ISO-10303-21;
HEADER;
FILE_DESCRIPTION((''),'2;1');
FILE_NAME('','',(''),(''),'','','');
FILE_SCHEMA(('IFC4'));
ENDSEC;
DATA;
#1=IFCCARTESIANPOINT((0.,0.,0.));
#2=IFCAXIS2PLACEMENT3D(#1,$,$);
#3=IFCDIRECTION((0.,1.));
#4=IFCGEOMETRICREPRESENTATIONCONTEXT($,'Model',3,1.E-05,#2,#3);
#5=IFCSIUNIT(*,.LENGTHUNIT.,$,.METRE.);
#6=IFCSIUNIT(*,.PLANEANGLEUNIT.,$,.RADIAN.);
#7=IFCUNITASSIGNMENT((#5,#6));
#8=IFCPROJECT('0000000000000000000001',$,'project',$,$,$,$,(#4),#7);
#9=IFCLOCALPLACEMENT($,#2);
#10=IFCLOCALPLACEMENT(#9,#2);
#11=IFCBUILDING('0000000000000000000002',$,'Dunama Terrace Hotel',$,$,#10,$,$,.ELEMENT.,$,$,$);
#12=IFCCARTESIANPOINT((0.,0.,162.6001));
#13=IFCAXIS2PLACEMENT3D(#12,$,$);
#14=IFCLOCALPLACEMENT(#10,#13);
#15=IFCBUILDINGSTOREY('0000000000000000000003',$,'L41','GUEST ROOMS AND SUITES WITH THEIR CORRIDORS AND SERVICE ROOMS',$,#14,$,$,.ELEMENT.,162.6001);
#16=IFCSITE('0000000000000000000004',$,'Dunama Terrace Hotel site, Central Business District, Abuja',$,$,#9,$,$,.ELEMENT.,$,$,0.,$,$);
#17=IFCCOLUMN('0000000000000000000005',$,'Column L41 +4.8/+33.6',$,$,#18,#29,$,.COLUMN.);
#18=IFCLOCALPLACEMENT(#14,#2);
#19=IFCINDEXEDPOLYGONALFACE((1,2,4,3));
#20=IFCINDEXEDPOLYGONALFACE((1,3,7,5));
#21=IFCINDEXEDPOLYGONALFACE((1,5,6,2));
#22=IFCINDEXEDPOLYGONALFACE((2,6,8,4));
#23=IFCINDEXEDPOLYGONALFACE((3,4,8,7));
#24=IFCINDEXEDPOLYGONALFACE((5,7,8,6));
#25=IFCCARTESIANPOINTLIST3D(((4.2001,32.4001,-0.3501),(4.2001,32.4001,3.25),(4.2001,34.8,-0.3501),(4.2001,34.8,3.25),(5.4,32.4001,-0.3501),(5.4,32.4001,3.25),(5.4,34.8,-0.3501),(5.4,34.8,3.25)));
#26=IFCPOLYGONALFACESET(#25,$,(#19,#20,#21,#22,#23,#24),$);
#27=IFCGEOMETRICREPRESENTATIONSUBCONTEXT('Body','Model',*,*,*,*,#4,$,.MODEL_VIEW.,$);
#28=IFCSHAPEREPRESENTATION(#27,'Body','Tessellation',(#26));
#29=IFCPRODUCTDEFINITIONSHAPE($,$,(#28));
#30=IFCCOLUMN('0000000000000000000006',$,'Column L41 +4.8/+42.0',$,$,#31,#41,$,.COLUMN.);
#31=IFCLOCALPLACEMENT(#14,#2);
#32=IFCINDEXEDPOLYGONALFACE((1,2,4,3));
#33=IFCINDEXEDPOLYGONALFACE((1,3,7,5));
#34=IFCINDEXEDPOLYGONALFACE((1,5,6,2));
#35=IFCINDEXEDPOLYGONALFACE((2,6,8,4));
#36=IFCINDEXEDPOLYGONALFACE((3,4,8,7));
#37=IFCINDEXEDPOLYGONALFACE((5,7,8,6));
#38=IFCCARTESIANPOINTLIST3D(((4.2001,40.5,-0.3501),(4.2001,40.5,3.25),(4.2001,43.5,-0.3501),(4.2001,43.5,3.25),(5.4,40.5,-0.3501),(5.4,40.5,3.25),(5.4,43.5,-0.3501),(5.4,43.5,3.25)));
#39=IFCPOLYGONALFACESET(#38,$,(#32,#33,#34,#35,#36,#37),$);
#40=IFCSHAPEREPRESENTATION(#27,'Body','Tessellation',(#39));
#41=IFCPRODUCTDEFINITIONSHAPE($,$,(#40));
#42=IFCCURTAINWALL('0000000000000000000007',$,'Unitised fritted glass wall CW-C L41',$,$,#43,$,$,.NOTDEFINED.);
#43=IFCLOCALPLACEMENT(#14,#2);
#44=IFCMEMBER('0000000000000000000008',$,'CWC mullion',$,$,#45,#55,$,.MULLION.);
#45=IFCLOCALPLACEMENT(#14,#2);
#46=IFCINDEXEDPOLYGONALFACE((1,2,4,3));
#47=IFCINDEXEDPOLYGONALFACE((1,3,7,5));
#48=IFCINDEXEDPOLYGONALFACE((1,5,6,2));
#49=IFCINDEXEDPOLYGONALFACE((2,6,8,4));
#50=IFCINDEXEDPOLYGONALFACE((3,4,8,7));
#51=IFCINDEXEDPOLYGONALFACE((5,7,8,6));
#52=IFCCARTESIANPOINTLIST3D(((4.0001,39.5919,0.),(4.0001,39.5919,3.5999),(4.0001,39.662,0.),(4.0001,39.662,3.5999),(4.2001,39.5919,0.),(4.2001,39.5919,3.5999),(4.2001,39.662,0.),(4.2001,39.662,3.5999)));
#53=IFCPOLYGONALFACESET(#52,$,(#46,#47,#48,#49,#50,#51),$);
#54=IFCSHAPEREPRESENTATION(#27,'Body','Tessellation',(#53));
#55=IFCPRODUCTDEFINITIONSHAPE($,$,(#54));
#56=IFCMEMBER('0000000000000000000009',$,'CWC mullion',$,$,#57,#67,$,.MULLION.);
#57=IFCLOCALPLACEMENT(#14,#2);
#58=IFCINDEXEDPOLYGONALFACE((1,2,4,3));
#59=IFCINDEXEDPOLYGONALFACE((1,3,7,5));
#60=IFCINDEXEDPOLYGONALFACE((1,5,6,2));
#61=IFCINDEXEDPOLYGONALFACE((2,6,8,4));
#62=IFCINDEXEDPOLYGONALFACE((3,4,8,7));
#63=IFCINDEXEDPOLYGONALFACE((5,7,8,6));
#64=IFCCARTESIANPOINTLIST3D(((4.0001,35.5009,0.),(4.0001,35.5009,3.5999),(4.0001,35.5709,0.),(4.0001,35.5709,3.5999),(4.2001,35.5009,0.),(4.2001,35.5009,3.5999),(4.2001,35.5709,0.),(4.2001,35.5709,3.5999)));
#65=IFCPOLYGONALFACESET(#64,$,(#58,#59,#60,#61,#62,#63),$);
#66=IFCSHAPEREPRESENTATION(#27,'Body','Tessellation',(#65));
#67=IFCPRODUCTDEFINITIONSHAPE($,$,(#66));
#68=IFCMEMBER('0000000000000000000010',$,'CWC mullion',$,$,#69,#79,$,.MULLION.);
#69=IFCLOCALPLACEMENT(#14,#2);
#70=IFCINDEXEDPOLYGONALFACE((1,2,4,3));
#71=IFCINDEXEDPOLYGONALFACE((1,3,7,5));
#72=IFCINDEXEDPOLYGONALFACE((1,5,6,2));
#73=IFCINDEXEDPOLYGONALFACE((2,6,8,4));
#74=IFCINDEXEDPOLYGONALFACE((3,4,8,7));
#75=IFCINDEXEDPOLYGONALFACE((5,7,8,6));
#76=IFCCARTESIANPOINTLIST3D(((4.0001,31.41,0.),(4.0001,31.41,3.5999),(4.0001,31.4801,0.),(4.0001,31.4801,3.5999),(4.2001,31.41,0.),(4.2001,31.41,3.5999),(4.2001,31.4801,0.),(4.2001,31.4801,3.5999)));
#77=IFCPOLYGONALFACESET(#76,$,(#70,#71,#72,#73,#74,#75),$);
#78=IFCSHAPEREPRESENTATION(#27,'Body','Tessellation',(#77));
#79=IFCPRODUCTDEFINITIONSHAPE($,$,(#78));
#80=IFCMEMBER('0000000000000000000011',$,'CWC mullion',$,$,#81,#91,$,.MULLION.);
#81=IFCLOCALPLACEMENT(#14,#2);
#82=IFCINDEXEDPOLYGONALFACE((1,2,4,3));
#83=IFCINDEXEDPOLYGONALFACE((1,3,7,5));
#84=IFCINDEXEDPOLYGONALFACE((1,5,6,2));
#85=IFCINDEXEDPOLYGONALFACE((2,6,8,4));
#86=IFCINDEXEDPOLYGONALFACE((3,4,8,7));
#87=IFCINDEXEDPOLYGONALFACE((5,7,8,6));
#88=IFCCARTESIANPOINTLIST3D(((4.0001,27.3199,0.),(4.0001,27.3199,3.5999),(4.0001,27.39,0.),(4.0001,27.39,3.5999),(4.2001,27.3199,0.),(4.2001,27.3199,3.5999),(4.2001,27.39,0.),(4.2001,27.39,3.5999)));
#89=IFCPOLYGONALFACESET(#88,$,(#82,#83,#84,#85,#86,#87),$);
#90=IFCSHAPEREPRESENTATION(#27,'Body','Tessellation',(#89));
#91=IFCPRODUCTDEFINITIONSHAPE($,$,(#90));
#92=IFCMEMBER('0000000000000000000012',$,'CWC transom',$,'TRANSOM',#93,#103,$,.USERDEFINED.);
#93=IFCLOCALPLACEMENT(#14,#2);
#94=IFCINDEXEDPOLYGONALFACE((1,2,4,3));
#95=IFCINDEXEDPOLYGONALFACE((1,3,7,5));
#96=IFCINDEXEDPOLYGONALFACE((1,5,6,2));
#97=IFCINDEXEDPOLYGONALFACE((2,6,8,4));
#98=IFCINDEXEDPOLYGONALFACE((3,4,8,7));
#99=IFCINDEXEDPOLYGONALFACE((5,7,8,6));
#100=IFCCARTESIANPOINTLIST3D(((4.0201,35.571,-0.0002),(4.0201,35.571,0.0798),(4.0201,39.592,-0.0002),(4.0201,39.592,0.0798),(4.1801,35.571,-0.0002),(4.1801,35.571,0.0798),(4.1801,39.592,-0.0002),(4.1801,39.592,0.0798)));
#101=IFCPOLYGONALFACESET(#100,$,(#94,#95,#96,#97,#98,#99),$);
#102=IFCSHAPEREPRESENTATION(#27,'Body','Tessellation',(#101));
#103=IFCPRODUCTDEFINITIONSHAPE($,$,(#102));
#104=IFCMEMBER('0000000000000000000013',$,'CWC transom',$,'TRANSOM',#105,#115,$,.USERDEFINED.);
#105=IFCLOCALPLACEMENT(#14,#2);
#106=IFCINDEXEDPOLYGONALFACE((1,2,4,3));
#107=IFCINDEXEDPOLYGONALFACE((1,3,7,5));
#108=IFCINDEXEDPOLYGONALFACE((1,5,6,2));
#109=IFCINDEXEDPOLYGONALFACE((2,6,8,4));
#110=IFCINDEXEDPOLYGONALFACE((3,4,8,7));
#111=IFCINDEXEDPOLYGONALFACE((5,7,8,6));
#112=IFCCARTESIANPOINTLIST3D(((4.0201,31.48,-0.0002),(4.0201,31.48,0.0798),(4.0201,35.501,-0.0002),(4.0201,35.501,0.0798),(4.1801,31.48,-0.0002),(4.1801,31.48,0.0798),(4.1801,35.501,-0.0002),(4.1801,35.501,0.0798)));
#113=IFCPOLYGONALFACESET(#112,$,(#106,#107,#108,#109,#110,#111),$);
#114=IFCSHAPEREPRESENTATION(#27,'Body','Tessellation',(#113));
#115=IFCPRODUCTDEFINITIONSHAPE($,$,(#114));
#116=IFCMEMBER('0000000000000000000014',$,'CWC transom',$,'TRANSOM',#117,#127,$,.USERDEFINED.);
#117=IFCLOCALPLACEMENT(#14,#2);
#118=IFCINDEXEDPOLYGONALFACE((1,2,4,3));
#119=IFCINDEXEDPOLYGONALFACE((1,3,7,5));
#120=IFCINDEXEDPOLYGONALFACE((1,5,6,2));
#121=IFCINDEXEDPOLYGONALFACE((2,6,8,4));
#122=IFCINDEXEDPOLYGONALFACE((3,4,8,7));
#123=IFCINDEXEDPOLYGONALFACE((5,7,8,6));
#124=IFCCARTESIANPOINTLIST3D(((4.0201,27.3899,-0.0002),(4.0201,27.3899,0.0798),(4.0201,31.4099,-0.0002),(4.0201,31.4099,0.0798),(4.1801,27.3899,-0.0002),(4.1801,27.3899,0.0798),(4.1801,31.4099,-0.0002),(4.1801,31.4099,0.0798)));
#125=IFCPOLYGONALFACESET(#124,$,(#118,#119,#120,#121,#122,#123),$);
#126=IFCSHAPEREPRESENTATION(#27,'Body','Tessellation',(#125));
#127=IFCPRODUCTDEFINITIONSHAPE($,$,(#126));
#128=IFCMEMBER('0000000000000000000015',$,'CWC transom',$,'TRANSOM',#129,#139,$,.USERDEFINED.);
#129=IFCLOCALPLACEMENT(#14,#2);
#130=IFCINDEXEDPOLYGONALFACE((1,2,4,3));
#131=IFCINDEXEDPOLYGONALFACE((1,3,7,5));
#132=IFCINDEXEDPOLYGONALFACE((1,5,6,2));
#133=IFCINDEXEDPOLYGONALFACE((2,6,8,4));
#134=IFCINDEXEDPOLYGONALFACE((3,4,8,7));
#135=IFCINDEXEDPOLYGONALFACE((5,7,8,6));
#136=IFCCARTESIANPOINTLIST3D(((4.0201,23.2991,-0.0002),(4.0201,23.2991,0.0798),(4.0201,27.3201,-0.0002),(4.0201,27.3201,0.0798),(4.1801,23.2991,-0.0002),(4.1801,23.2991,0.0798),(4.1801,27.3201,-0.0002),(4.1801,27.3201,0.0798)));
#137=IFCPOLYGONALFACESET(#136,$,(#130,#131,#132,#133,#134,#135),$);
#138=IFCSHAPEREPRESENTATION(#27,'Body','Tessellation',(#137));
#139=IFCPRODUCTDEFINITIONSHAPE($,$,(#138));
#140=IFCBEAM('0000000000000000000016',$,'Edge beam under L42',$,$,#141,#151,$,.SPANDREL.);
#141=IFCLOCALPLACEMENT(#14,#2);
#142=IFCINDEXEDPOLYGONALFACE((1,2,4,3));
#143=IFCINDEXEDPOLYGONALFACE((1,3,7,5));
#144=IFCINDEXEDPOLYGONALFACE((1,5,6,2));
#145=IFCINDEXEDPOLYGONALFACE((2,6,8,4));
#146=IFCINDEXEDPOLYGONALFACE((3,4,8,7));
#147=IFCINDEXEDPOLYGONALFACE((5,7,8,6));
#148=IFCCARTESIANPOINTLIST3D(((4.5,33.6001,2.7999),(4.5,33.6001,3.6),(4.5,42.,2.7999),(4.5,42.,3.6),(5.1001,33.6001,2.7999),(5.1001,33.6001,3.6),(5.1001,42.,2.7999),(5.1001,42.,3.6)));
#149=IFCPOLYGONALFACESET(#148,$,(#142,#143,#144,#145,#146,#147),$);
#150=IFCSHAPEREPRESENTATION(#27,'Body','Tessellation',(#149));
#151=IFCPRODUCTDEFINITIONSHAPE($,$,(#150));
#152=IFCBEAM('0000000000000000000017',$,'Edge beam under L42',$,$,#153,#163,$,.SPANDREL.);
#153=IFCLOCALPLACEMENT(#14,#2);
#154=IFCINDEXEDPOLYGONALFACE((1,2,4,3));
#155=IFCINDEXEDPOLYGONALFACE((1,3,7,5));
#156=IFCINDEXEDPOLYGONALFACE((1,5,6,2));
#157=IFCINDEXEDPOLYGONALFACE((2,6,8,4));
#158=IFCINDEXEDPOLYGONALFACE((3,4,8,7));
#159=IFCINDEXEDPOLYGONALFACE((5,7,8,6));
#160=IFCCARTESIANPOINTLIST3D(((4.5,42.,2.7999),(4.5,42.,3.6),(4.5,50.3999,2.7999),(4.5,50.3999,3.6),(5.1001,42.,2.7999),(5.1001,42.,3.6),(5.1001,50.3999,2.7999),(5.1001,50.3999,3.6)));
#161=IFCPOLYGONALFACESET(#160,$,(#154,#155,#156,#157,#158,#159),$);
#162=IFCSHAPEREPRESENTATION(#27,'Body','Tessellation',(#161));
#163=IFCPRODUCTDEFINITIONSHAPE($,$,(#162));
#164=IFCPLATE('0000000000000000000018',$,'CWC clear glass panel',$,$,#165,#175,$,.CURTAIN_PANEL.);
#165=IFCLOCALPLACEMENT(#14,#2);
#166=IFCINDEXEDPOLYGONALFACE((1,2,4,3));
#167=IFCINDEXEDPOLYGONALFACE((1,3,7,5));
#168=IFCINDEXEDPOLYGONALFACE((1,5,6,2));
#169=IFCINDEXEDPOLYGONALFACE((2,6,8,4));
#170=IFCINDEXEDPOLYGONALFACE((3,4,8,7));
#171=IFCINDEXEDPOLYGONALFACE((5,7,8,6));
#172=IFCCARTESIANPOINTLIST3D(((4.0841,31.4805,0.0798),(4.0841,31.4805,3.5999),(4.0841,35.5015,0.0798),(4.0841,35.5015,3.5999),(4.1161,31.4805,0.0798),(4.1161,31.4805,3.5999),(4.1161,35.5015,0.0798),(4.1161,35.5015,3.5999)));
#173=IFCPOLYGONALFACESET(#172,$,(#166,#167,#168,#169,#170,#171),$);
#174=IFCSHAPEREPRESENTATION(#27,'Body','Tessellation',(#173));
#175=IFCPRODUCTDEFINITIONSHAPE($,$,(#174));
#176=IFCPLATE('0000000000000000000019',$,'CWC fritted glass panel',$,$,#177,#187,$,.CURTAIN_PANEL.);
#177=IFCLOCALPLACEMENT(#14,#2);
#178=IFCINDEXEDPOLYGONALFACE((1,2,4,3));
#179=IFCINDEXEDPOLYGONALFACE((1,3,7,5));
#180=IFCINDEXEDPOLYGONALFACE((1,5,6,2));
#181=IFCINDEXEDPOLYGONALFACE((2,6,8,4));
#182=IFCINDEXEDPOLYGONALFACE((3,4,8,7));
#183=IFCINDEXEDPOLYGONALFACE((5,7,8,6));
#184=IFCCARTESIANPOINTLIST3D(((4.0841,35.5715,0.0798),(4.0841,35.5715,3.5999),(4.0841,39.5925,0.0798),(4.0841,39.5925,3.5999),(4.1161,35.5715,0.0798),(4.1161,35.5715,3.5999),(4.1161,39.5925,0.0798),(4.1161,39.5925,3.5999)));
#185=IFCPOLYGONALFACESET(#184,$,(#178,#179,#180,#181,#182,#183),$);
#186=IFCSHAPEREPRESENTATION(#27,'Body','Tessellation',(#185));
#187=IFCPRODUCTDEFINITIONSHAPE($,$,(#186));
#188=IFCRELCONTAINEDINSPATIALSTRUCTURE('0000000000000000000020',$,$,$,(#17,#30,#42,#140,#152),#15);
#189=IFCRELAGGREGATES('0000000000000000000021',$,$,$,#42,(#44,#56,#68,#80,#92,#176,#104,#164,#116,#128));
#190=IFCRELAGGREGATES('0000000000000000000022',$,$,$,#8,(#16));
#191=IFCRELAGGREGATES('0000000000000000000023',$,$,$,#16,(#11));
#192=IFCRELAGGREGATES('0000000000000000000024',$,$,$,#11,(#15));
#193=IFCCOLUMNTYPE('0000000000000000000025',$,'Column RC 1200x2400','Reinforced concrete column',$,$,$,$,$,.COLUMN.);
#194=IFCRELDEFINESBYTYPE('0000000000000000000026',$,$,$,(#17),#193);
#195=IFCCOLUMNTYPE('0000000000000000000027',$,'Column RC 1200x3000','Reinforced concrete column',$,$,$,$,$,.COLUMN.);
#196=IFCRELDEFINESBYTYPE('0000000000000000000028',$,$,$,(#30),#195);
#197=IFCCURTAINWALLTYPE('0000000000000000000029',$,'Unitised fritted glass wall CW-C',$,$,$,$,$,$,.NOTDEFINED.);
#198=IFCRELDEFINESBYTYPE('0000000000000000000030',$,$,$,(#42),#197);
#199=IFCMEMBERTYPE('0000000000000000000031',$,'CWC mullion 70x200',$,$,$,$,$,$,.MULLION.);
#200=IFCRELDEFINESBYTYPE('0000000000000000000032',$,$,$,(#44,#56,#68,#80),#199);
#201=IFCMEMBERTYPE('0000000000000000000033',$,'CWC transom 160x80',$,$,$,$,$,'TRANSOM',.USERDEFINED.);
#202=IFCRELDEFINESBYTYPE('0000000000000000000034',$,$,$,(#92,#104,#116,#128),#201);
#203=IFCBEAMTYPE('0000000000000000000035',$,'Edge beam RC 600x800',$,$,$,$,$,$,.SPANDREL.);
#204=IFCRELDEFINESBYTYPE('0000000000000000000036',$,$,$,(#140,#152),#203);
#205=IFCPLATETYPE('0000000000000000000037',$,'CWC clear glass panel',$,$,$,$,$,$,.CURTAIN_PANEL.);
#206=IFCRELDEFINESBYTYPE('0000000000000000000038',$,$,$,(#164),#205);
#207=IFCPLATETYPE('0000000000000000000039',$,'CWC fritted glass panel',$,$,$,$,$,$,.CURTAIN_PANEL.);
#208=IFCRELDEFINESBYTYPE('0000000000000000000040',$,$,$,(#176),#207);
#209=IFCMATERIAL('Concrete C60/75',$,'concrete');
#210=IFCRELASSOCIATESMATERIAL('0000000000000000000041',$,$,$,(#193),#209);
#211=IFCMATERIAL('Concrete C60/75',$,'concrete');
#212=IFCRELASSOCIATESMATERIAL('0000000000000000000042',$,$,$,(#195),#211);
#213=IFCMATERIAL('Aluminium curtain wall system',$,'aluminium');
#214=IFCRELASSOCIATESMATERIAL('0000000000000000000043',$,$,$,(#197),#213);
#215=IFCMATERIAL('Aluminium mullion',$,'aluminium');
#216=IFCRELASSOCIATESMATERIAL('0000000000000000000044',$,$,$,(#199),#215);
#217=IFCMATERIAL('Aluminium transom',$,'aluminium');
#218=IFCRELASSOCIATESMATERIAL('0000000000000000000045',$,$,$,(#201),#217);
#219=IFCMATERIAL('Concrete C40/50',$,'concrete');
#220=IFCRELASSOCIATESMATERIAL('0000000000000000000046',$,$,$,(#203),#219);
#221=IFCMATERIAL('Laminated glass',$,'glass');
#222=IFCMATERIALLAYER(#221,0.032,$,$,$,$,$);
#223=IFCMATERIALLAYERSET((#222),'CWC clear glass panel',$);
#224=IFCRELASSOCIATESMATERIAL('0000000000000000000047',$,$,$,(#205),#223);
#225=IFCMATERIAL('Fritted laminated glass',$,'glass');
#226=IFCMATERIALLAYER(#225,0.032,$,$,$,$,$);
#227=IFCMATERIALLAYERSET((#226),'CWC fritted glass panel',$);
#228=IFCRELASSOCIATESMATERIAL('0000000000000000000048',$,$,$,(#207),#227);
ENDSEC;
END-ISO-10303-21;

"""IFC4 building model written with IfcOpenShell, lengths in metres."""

from ifc_helpers import new_model, si_unit, direction, frame, origin, origin_2d, place, context, subcontext, project, spatial, rectangle, extrude, material, layer, layer_set, material_profile, profile_set, type_object, element, aggregate, save


model = new_model("IFC4")

# Units and contexts
model_context = context("Model", 3, precision=1e-05, world=origin(), true_north=direction((0.0, 1.0)))
body_context = subcontext(model_context, "Body", "Model", "MODEL_VIEW")
ifc_project = project(units=[si_unit("LENGTHUNIT", "METRE"), si_unit("PLANEANGLEUNIT", "RADIAN")], contexts=[model_context])

# Site, building, storey
site_placement = place(None, origin())
site = spatial("IfcSite", under=ifc_project, at=site_placement, Name="Dunama Terrace Hotel site, Central Business District, Abuja", CompositionType="ELEMENT", RefElevation=0.0)
building_placement = place(site_placement, origin())
building = spatial("IfcBuilding", under=site, at=building_placement, Name="Dunama Terrace Hotel", CompositionType="ELEMENT")
storey_placement = place(building_placement, frame((0.0, 0.0, 162.6001)))
storey = spatial("IfcBuildingStorey", under=building, at=storey_placement, Name="L41", Description="GUEST ROOMS AND SUITES WITH THEIR CORRIDORS AND SERVICE ROOMS", CompositionType="ELEMENT", Elevation=162.6001)

# Columns
ifc_material_1 = material(Name="Concrete C60/75", Category="concrete")
ifc_material_profile_1 = material_profile(ifc_material_1, rectangle(XDim=1.2, YDim=2.3999, at=origin_2d()), Name="RC 1200x2400")
ifc_profile_set_1 = profile_set([ifc_material_profile_1], Name="Concrete C60/75")
column_type_1 = type_object("IfcColumnType", Name="Column RC 1200x2400", Description="Reinforced concrete column", PredefinedType="COLUMN", material=ifc_profile_set_1)
column_1_placement = place(storey_placement, frame((4.8, 33.6001, -0.3501), z_axis=(0.0, 0.0, 1.0), x_axis=(1.0, 0.0, 0.0)))
element("IfcColumn", 1, at=column_1_placement, inside=storey, type_object=column_type_1, Name="Column L41 +4.8/+33.6", PredefinedType="COLUMN", context=body_context, shape_type="SweptSolid", body=[
    extrude(rectangle(XDim=1.2, YDim=2.3999, at=origin_2d()), origin(), (0.0, 0.0, 1.0), 3.6001),
])
ifc_material_2 = material(Name="Concrete C60/75", Category="concrete")
ifc_material_profile_2 = material_profile(ifc_material_2, rectangle(XDim=1.2, YDim=3.0, at=origin_2d()), Name="RC 1200x3000")
ifc_profile_set_2 = profile_set([ifc_material_profile_2], Name="Concrete C60/75")
column_type_2 = type_object("IfcColumnType", Name="Column RC 1200x3000", Description="Reinforced concrete column", PredefinedType="COLUMN", material=ifc_profile_set_2)
column_2_placement = place(storey_placement, frame((4.8, 42.0, -0.3501), z_axis=(0.0, 0.0, 1.0), x_axis=(1.0, 0.0, 0.0)))
element("IfcColumn", 2, at=column_2_placement, inside=storey, type_object=column_type_2, Name="Column L41 +4.8/+42.0", PredefinedType="COLUMN", context=body_context, shape_type="SweptSolid", body=[
    extrude(rectangle(XDim=1.2, YDim=3.0, at=origin_2d()), origin(), (0.0, 0.0, 1.0), 3.6001),
])

# Curtain wall, members
ifc_material_3 = material(Name="Aluminium curtain wall system", Category="aluminium")
curtain_wall_type = type_object("IfcCurtainWallType", Name="Unitised fritted glass wall CW-C", PredefinedType="NOTDEFINED", material=ifc_material_3)
curtain_wall_placement = place(storey_placement, origin())
curtain_wall = element("IfcCurtainWall", 3, at=curtain_wall_placement, inside=storey, type_object=curtain_wall_type, Name="Unitised fritted glass wall CW-C L41", PredefinedType="NOTDEFINED")
ifc_material_4 = material(Name="Aluminium mullion", Category="aluminium")
ifc_material_profile_3 = material_profile(ifc_material_4, rectangle(XDim=0.0701, YDim=0.2, at=origin_2d()), Name="CWC MULLION 70X200")
ifc_profile_set_3 = profile_set([ifc_material_profile_3], Name="Aluminium mullion")
member_type_1 = type_object("IfcMemberType", Name="CWC mullion 70x200", PredefinedType="MULLION", material=ifc_profile_set_3)
member_1_placement = place(storey_placement, frame((4.1001, 39.627, 0.0), z_axis=(0.0, 0.0, 1.0), x_axis=(0.0, -1.0, 0.0)))
member_1 = element("IfcMember", 4, at=member_1_placement, type_object=member_type_1, Name="CWC mullion", PredefinedType="MULLION", context=body_context, shape_type="SweptSolid", body=[
    extrude(rectangle(XDim=0.0701, YDim=0.2, at=origin_2d()), origin(), (0.0, 0.0, 1.0), 3.5999),
])
member_2_placement = place(storey_placement, frame((4.1001, 35.5359, 0.0), z_axis=(0.0, 0.0, 1.0), x_axis=(0.0, -1.0, 0.0)))
member_2 = element("IfcMember", 5, at=member_2_placement, type_object=member_type_1, Name="CWC mullion", PredefinedType="MULLION", context=body_context, shape_type="SweptSolid", body=[
    extrude(rectangle(XDim=0.0701, YDim=0.2, at=origin_2d()), origin(), (0.0, 0.0, 1.0), 3.5999),
])
member_3_placement = place(storey_placement, frame((4.1001, 31.4451, 0.0), z_axis=(0.0, 0.0, 1.0), x_axis=(0.0, -1.0, 0.0)))
member_3 = element("IfcMember", 6, at=member_3_placement, type_object=member_type_1, Name="CWC mullion", PredefinedType="MULLION", context=body_context, shape_type="SweptSolid", body=[
    extrude(rectangle(XDim=0.0701, YDim=0.2, at=origin_2d()), origin(), (0.0, 0.0, 1.0), 3.5999),
])
member_4_placement = place(storey_placement, frame((4.1001, 27.355, 0.0), z_axis=(0.0, 0.0, 1.0), x_axis=(0.0, -1.0, 0.0)))
member_4 = element("IfcMember", 7, at=member_4_placement, type_object=member_type_1, Name="CWC mullion", PredefinedType="MULLION", context=body_context, shape_type="SweptSolid", body=[
    extrude(rectangle(XDim=0.0701, YDim=0.2, at=origin_2d()), origin(), (0.0, 0.0, 1.0), 3.5999),
])
ifc_material_5 = material(Name="Aluminium transom", Category="aluminium")
ifc_material_profile_4 = material_profile(ifc_material_5, rectangle(XDim=0.1599, YDim=0.0801, at=origin_2d()), Name="CWC TRANSOM 160X80")
ifc_profile_set_4 = profile_set([ifc_material_profile_4], Name="Aluminium transom")
member_type_2 = type_object("IfcMemberType", Name="CWC transom 160x80", ElementType="TRANSOM", PredefinedType="USERDEFINED", material=ifc_profile_set_4)
member_5_placement = place(storey_placement, frame((4.1001, 39.592, 0.0398), z_axis=(0.0, -1.0, 0.0), x_axis=(1.0, 0.0, 0.0)))
member_5 = element("IfcMember", 8, at=member_5_placement, type_object=member_type_2, Name="CWC transom", ObjectType="TRANSOM", PredefinedType="USERDEFINED", context=body_context, shape_type="SweptSolid", body=[
    extrude(rectangle(XDim=0.1599, YDim=0.0801, at=origin_2d()), origin(), (0.0, 0.0, 1.0), 4.021),
])
member_6_placement = place(storey_placement, frame((4.1001, 35.501, 0.0398), z_axis=(0.0, -1.0, 0.0), x_axis=(1.0, 0.0, 0.0)))
member_6 = element("IfcMember", 9, at=member_6_placement, type_object=member_type_2, Name="CWC transom", ObjectType="TRANSOM", PredefinedType="USERDEFINED", context=body_context, shape_type="SweptSolid", body=[
    extrude(rectangle(XDim=0.1599, YDim=0.0801, at=origin_2d()), origin(), (0.0, 0.0, 1.0), 4.021),
])
member_7_placement = place(storey_placement, frame((4.1001, 31.4099, 0.0398), z_axis=(0.0, -1.0, 0.0), x_axis=(1.0, 0.0, 0.0)))
member_7 = element("IfcMember", 10, at=member_7_placement, type_object=member_type_2, Name="CWC transom", ObjectType="TRANSOM", PredefinedType="USERDEFINED", context=body_context, shape_type="SweptSolid", body=[
    extrude(rectangle(XDim=0.1599, YDim=0.0801, at=origin_2d()), origin(), (0.0, 0.0, 1.0), 4.02),
])
member_8_placement = place(storey_placement, frame((4.1001, 27.3201, 0.0398), z_axis=(0.0, -1.0, 0.0), x_axis=(1.0, 0.0, 0.0)))
member_8 = element("IfcMember", 11, at=member_8_placement, type_object=member_type_2, Name="CWC transom", ObjectType="TRANSOM", PredefinedType="USERDEFINED", context=body_context, shape_type="SweptSolid", body=[
    extrude(rectangle(XDim=0.1599, YDim=0.0801, at=origin_2d()), origin(), (0.0, 0.0, 1.0), 4.021),
])

# Beams
ifc_material_6 = material(Name="Concrete C40/50", Category="concrete")
ifc_material_profile_5 = material_profile(ifc_material_6, rectangle(XDim=0.6001, YDim=0.8, at=origin_2d()), Name="RC 600x800")
ifc_profile_set_5 = profile_set([ifc_material_profile_5], Name="Concrete C40/50")
beam_type = type_object("IfcBeamType", Name="Edge beam RC 600x800", PredefinedType="SPANDREL", material=ifc_profile_set_5)
for number, where, z_axis, x_axis, name in (
    (12, (4.8, 33.6001, 3.2), (0.0, 1.0, 0.0), (-1.0, 0.0, 0.0), "Edge beam under L42"),
    (13, (4.8, 42.0, 3.2), (0.0, 1.0, 0.0), (-1.0, 0.0, 0.0), "Edge beam under L42"),
):
    element("IfcBeam", number, at=place(storey_placement, frame(where, z_axis=z_axis, x_axis=x_axis)), inside=storey, type_object=beam_type, Name=name, PredefinedType="SPANDREL", context=body_context, shape_type="SweptSolid", body=[
        extrude(rectangle(XDim=0.6001, YDim=0.8, at=origin_2d()), origin(), (0.0, 0.0, 1.0), 8.3999),
    ])

# Plates
ifc_material_7 = material(Name="Laminated glass", Category="glass")
ifc_layer_1 = layer(ifc_material_7, 0.032)
ifc_layer_set_1 = layer_set([ifc_layer_1], Name="CWC clear glass panel")
plate_type_1 = type_object("IfcPlateType", Name="CWC clear glass panel", PredefinedType="CURTAIN_PANEL", material=ifc_layer_set_1)
plate_1_placement = place(storey_placement, frame((4.1001, 33.491, 0.0798), z_axis=(0.0, 0.0, 1.0), x_axis=(0.0, -1.0, 0.0)))
plate_1 = element("IfcPlate", 14, at=plate_1_placement, type_object=plate_type_1, Name="CWC clear glass panel", PredefinedType="CURTAIN_PANEL", context=body_context, shape_type="SweptSolid", body=[
    extrude(rectangle(XDim=4.021, YDim=0.032, at=origin_2d()), origin(), (0.0, 0.0, 1.0), 3.52),
])
ifc_material_8 = material(Name="Fritted laminated glass", Category="glass")
ifc_layer_2 = layer(ifc_material_8, 0.032)
ifc_layer_set_2 = layer_set([ifc_layer_2], Name="CWC fritted glass panel")
plate_type_2 = type_object("IfcPlateType", Name="CWC fritted glass panel", PredefinedType="CURTAIN_PANEL", material=ifc_layer_set_2)
plate_2_placement = place(storey_placement, frame((4.1001, 37.582, 0.0798), z_axis=(0.0, 0.0, 1.0), x_axis=(0.0, -1.0, 0.0)))
plate_2 = element("IfcPlate", 15, at=plate_2_placement, type_object=plate_type_2, Name="CWC fritted glass panel", PredefinedType="CURTAIN_PANEL", context=body_context, shape_type="SweptSolid", body=[
    extrude(rectangle(XDim=4.021, YDim=0.032, at=origin_2d()), origin(), (0.0, 0.0, 1.0), 3.52),
])
aggregate(curtain_wall, [member_1, member_2, member_3, member_4, member_5, plate_2, member_6, plate_1, member_7, member_8])

save(model, "model.ifc")
